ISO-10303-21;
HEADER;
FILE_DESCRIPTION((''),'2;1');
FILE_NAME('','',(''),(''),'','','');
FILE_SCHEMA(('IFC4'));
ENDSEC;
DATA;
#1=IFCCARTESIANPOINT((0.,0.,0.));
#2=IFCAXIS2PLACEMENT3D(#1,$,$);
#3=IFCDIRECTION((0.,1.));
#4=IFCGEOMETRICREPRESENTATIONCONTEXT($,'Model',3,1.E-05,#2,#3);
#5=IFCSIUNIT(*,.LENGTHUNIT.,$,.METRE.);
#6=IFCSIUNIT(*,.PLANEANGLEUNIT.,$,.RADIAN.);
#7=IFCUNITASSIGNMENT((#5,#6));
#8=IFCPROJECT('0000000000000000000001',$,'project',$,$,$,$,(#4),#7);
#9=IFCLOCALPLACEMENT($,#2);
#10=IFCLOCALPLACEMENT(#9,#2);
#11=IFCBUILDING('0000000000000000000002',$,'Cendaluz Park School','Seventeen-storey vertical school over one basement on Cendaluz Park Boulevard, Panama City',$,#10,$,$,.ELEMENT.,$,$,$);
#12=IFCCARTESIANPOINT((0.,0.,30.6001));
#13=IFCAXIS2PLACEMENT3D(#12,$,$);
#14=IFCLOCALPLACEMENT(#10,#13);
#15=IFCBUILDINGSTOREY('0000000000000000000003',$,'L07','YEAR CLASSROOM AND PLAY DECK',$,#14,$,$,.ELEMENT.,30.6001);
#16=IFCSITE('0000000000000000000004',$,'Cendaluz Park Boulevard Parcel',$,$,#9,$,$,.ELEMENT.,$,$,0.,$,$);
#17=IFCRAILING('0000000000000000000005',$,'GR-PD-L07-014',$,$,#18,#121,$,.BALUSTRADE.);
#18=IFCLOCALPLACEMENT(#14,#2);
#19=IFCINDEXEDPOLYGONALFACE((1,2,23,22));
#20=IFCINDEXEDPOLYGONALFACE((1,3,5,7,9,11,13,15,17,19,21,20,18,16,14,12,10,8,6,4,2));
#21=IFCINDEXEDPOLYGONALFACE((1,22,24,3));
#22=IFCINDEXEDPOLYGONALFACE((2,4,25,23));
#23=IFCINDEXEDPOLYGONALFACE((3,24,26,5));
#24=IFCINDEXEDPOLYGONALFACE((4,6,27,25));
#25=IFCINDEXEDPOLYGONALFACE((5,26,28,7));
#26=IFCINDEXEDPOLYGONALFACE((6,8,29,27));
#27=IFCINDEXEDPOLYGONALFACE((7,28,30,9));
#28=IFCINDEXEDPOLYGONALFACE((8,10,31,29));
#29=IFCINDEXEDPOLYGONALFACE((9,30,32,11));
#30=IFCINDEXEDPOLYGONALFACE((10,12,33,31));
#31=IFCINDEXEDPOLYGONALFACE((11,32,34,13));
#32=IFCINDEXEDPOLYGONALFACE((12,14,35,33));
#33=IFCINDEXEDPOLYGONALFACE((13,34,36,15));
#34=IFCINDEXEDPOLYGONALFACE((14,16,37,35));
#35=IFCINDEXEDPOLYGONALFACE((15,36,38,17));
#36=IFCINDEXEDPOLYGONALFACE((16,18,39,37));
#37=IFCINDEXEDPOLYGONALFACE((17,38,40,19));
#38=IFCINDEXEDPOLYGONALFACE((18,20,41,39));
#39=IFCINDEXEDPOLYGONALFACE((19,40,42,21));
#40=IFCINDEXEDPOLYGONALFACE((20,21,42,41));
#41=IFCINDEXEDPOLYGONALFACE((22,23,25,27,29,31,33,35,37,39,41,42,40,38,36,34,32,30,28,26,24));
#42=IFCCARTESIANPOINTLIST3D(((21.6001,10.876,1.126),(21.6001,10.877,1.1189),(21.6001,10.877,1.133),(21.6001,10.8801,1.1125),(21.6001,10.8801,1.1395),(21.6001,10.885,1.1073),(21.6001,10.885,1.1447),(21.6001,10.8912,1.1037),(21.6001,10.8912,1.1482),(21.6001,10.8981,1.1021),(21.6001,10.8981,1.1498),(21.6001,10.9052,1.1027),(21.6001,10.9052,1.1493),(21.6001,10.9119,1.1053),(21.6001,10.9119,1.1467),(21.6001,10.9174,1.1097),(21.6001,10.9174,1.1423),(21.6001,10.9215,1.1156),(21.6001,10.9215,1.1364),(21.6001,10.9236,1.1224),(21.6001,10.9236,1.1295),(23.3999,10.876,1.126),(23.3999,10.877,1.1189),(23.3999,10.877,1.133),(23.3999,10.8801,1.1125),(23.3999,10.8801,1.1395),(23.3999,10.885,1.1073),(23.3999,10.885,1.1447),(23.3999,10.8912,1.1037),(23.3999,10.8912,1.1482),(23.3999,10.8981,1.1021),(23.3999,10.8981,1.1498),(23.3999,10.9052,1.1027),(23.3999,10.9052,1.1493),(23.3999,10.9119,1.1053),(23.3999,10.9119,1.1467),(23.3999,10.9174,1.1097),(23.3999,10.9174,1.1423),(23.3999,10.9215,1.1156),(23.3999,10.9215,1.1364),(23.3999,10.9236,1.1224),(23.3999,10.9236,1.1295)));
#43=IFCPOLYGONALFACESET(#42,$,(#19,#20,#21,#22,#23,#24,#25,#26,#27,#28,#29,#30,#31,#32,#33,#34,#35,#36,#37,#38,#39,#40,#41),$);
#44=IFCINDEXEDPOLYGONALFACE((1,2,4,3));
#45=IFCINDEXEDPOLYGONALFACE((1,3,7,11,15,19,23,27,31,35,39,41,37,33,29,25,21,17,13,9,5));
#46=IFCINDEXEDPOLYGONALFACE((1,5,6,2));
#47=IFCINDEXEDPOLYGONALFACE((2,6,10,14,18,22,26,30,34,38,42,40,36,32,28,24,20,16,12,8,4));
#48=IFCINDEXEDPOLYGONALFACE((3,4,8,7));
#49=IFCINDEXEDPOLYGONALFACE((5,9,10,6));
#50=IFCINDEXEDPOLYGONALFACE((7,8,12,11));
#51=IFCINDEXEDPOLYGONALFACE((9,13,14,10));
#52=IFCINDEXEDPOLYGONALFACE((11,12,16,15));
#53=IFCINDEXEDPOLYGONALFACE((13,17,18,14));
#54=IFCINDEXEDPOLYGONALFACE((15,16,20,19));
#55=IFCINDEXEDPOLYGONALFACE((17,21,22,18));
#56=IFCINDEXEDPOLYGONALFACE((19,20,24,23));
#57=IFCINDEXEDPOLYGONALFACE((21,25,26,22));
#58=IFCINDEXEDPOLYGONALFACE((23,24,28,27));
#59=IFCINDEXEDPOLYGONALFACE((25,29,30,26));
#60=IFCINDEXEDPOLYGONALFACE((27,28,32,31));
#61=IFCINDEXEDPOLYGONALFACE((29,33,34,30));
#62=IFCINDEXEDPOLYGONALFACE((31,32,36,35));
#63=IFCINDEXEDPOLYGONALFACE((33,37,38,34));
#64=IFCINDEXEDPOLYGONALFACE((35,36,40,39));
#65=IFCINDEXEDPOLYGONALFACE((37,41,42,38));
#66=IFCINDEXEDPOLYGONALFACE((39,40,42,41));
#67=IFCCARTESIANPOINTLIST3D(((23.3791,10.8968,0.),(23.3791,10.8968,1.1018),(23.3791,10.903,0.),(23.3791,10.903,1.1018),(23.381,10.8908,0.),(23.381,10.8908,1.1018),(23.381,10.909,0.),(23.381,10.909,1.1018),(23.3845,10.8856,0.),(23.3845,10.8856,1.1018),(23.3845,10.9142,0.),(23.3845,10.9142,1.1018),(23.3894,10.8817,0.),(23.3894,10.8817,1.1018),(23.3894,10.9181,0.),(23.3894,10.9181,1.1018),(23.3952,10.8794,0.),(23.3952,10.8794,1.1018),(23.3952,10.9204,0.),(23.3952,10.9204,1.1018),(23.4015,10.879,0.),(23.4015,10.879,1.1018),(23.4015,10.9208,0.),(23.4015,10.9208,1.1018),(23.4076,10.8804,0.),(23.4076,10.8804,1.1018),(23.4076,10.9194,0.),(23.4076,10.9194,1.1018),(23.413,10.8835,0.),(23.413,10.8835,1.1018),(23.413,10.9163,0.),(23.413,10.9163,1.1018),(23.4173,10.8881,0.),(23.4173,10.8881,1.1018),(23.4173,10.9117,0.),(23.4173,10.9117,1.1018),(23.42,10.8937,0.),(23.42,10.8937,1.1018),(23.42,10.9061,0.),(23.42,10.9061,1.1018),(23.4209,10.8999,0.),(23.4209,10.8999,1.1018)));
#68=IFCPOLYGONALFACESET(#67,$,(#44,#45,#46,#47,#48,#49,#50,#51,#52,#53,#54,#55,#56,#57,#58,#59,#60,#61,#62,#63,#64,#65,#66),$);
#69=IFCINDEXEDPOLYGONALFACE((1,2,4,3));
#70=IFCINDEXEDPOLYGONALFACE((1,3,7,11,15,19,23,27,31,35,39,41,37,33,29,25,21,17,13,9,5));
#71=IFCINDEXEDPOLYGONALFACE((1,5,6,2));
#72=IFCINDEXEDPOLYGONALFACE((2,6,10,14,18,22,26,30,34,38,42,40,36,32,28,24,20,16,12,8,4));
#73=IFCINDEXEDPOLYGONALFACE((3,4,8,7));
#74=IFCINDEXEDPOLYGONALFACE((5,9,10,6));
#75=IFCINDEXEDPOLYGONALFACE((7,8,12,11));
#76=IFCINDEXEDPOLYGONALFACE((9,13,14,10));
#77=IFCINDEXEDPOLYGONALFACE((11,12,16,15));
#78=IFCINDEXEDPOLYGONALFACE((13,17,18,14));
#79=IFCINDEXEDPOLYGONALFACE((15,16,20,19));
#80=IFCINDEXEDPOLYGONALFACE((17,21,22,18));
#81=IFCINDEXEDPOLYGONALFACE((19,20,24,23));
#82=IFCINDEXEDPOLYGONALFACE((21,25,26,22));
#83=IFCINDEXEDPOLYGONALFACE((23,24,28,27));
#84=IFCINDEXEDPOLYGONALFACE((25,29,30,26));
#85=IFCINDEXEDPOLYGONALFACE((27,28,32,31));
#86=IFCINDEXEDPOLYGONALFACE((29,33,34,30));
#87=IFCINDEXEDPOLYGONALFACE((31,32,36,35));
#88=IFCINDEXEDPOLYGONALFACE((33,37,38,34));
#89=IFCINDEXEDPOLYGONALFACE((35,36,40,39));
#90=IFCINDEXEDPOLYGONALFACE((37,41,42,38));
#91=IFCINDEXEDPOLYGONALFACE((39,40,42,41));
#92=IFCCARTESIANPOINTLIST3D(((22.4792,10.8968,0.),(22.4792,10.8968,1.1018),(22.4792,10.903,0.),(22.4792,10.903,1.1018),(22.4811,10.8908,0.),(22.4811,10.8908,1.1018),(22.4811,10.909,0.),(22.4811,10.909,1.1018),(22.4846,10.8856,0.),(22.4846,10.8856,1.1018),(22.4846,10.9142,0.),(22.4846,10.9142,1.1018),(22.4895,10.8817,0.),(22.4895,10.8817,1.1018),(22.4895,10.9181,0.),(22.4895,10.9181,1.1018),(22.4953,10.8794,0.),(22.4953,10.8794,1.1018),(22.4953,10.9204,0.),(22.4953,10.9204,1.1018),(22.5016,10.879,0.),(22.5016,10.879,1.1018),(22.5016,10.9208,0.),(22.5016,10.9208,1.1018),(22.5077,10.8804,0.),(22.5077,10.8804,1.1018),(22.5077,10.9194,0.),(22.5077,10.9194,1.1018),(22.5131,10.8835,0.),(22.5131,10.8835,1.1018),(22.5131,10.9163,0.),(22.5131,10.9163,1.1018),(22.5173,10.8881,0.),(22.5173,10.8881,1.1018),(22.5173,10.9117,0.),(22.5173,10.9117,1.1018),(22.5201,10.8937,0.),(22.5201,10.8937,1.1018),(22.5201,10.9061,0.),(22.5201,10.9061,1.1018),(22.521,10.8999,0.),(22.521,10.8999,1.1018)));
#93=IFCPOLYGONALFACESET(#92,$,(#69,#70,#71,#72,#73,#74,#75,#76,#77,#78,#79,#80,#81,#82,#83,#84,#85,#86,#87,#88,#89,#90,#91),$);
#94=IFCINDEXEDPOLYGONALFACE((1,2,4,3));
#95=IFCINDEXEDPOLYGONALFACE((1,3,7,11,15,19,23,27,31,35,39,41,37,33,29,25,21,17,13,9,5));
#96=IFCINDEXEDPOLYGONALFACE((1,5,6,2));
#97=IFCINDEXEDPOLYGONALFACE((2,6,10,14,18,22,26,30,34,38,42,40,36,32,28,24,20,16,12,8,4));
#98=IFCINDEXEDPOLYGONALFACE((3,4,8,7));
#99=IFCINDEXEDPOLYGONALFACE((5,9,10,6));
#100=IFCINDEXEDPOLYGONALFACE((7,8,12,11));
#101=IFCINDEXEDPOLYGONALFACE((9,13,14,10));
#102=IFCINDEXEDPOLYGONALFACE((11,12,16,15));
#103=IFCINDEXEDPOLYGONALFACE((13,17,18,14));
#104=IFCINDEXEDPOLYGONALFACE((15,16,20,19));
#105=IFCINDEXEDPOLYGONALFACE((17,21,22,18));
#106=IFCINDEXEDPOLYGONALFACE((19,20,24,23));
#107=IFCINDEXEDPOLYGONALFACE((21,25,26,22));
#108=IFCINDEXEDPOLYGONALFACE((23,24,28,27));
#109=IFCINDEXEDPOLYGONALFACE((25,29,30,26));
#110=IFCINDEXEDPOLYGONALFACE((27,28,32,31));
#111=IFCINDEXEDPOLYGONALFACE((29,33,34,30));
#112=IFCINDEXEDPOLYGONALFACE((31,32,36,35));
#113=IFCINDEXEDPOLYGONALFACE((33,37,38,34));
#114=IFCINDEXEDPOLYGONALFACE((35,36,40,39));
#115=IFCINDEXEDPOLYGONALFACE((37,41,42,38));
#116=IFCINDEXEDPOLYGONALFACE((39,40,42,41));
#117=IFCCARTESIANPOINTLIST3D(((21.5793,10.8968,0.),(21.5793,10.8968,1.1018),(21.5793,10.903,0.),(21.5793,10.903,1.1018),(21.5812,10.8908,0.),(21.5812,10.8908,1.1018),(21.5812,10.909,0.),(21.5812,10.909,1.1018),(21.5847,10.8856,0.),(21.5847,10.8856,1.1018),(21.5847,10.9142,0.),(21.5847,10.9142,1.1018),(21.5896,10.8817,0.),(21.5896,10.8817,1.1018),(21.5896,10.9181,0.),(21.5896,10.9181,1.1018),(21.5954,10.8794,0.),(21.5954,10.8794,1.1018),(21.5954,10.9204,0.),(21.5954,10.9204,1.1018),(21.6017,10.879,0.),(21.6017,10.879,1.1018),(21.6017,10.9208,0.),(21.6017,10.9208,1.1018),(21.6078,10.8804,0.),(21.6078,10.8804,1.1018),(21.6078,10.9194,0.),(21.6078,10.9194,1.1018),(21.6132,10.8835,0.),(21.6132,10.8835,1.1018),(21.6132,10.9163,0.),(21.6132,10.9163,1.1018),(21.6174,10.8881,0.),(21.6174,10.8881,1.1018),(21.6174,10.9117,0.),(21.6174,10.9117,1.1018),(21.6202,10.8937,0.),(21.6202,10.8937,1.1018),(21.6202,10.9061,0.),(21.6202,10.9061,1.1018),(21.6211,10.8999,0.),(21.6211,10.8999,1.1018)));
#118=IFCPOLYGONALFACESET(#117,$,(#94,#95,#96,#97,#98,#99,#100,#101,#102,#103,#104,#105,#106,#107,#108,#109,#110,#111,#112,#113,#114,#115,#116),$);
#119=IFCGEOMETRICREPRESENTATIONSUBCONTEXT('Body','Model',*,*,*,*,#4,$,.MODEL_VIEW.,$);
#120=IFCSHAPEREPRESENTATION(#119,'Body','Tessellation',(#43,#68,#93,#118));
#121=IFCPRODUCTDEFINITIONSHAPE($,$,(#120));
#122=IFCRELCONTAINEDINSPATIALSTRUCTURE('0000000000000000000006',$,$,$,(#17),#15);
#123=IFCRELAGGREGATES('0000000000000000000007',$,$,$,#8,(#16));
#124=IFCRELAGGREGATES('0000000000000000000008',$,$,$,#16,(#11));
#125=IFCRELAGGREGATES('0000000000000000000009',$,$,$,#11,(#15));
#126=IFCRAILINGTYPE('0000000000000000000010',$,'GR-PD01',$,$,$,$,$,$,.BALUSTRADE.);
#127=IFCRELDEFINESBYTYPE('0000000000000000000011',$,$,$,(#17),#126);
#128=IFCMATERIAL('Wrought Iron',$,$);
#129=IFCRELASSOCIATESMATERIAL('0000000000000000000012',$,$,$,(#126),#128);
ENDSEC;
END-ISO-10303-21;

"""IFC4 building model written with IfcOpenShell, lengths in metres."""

from ifc_helpers import new_model, si_unit, direction, frame, origin, origin_2d, place, context, subcontext, project, spatial, circle, extrude, material, type_object, element, save


model = new_model("IFC4")

# Units and contexts
model_context = context("Model", 3, precision=1e-05, world=origin(), true_north=direction((0.0, 1.0)))
body_context = subcontext(model_context, "Body", "Model", "MODEL_VIEW")
ifc_project = project(units=[si_unit("LENGTHUNIT", "METRE"), si_unit("PLANEANGLEUNIT", "RADIAN")], contexts=[model_context])

# Site, building, storey
site_placement = place(None, origin())
site = spatial("IfcSite", under=ifc_project, at=site_placement, Name="Cendaluz Park Boulevard Parcel", CompositionType="ELEMENT", RefElevation=0.0)
building_placement = place(site_placement, origin())
building = spatial("IfcBuilding", under=site, at=building_placement, Name="Cendaluz Park School", Description="Seventeen-storey vertical school over one basement on Cendaluz Park Boulevard, Panama City", CompositionType="ELEMENT")
storey_placement = place(building_placement, frame((0.0, 0.0, 30.6001)))
storey = spatial("IfcBuildingStorey", under=building, at=storey_placement, Name="L07", Description="YEAR CLASSROOM AND PLAY DECK", CompositionType="ELEMENT", Elevation=30.6001)

# Railing
ifc_material_1 = material(Name="Wrought Iron")
railing_type_1 = type_object("IfcRailingType", Name="GR-PD01", PredefinedType="BALUSTRADE", material=ifc_material_1)
railing_1_placement = place(storey_placement, frame((23.3999, 10.8999, 0.0)))
element("IfcRailing", 1, at=railing_1_placement, inside=storey, type_object=railing_type_1, Name="GR-PD-L07-014", PredefinedType="BALUSTRADE", context=body_context, shape_type="SweptSolid", body=[
    extrude(circle(Radius=0.0239, at=origin_2d()), frame((0.0, 0.0, 1.126), z_axis=(-1.0, 0.0, 0.0), x_axis=(0.0, -1.0, 0.0)), (0.0, 0.0, 1.0), 1.7998),
    extrude(circle(Radius=0.021, at=origin_2d()), origin(), (0.0, 0.0, 1.0), 1.1018),
    extrude(circle(Radius=0.021, at=origin_2d()), frame((-0.8999, 0.0, 0.0)), (0.0, 0.0, 1.0), 1.1018),
    extrude(circle(Radius=0.021, at=origin_2d()), frame((-1.7998, 0.0, 0.0)), (0.0, 0.0, 1.0), 1.1018),
])

save(model, "model.ifc")
